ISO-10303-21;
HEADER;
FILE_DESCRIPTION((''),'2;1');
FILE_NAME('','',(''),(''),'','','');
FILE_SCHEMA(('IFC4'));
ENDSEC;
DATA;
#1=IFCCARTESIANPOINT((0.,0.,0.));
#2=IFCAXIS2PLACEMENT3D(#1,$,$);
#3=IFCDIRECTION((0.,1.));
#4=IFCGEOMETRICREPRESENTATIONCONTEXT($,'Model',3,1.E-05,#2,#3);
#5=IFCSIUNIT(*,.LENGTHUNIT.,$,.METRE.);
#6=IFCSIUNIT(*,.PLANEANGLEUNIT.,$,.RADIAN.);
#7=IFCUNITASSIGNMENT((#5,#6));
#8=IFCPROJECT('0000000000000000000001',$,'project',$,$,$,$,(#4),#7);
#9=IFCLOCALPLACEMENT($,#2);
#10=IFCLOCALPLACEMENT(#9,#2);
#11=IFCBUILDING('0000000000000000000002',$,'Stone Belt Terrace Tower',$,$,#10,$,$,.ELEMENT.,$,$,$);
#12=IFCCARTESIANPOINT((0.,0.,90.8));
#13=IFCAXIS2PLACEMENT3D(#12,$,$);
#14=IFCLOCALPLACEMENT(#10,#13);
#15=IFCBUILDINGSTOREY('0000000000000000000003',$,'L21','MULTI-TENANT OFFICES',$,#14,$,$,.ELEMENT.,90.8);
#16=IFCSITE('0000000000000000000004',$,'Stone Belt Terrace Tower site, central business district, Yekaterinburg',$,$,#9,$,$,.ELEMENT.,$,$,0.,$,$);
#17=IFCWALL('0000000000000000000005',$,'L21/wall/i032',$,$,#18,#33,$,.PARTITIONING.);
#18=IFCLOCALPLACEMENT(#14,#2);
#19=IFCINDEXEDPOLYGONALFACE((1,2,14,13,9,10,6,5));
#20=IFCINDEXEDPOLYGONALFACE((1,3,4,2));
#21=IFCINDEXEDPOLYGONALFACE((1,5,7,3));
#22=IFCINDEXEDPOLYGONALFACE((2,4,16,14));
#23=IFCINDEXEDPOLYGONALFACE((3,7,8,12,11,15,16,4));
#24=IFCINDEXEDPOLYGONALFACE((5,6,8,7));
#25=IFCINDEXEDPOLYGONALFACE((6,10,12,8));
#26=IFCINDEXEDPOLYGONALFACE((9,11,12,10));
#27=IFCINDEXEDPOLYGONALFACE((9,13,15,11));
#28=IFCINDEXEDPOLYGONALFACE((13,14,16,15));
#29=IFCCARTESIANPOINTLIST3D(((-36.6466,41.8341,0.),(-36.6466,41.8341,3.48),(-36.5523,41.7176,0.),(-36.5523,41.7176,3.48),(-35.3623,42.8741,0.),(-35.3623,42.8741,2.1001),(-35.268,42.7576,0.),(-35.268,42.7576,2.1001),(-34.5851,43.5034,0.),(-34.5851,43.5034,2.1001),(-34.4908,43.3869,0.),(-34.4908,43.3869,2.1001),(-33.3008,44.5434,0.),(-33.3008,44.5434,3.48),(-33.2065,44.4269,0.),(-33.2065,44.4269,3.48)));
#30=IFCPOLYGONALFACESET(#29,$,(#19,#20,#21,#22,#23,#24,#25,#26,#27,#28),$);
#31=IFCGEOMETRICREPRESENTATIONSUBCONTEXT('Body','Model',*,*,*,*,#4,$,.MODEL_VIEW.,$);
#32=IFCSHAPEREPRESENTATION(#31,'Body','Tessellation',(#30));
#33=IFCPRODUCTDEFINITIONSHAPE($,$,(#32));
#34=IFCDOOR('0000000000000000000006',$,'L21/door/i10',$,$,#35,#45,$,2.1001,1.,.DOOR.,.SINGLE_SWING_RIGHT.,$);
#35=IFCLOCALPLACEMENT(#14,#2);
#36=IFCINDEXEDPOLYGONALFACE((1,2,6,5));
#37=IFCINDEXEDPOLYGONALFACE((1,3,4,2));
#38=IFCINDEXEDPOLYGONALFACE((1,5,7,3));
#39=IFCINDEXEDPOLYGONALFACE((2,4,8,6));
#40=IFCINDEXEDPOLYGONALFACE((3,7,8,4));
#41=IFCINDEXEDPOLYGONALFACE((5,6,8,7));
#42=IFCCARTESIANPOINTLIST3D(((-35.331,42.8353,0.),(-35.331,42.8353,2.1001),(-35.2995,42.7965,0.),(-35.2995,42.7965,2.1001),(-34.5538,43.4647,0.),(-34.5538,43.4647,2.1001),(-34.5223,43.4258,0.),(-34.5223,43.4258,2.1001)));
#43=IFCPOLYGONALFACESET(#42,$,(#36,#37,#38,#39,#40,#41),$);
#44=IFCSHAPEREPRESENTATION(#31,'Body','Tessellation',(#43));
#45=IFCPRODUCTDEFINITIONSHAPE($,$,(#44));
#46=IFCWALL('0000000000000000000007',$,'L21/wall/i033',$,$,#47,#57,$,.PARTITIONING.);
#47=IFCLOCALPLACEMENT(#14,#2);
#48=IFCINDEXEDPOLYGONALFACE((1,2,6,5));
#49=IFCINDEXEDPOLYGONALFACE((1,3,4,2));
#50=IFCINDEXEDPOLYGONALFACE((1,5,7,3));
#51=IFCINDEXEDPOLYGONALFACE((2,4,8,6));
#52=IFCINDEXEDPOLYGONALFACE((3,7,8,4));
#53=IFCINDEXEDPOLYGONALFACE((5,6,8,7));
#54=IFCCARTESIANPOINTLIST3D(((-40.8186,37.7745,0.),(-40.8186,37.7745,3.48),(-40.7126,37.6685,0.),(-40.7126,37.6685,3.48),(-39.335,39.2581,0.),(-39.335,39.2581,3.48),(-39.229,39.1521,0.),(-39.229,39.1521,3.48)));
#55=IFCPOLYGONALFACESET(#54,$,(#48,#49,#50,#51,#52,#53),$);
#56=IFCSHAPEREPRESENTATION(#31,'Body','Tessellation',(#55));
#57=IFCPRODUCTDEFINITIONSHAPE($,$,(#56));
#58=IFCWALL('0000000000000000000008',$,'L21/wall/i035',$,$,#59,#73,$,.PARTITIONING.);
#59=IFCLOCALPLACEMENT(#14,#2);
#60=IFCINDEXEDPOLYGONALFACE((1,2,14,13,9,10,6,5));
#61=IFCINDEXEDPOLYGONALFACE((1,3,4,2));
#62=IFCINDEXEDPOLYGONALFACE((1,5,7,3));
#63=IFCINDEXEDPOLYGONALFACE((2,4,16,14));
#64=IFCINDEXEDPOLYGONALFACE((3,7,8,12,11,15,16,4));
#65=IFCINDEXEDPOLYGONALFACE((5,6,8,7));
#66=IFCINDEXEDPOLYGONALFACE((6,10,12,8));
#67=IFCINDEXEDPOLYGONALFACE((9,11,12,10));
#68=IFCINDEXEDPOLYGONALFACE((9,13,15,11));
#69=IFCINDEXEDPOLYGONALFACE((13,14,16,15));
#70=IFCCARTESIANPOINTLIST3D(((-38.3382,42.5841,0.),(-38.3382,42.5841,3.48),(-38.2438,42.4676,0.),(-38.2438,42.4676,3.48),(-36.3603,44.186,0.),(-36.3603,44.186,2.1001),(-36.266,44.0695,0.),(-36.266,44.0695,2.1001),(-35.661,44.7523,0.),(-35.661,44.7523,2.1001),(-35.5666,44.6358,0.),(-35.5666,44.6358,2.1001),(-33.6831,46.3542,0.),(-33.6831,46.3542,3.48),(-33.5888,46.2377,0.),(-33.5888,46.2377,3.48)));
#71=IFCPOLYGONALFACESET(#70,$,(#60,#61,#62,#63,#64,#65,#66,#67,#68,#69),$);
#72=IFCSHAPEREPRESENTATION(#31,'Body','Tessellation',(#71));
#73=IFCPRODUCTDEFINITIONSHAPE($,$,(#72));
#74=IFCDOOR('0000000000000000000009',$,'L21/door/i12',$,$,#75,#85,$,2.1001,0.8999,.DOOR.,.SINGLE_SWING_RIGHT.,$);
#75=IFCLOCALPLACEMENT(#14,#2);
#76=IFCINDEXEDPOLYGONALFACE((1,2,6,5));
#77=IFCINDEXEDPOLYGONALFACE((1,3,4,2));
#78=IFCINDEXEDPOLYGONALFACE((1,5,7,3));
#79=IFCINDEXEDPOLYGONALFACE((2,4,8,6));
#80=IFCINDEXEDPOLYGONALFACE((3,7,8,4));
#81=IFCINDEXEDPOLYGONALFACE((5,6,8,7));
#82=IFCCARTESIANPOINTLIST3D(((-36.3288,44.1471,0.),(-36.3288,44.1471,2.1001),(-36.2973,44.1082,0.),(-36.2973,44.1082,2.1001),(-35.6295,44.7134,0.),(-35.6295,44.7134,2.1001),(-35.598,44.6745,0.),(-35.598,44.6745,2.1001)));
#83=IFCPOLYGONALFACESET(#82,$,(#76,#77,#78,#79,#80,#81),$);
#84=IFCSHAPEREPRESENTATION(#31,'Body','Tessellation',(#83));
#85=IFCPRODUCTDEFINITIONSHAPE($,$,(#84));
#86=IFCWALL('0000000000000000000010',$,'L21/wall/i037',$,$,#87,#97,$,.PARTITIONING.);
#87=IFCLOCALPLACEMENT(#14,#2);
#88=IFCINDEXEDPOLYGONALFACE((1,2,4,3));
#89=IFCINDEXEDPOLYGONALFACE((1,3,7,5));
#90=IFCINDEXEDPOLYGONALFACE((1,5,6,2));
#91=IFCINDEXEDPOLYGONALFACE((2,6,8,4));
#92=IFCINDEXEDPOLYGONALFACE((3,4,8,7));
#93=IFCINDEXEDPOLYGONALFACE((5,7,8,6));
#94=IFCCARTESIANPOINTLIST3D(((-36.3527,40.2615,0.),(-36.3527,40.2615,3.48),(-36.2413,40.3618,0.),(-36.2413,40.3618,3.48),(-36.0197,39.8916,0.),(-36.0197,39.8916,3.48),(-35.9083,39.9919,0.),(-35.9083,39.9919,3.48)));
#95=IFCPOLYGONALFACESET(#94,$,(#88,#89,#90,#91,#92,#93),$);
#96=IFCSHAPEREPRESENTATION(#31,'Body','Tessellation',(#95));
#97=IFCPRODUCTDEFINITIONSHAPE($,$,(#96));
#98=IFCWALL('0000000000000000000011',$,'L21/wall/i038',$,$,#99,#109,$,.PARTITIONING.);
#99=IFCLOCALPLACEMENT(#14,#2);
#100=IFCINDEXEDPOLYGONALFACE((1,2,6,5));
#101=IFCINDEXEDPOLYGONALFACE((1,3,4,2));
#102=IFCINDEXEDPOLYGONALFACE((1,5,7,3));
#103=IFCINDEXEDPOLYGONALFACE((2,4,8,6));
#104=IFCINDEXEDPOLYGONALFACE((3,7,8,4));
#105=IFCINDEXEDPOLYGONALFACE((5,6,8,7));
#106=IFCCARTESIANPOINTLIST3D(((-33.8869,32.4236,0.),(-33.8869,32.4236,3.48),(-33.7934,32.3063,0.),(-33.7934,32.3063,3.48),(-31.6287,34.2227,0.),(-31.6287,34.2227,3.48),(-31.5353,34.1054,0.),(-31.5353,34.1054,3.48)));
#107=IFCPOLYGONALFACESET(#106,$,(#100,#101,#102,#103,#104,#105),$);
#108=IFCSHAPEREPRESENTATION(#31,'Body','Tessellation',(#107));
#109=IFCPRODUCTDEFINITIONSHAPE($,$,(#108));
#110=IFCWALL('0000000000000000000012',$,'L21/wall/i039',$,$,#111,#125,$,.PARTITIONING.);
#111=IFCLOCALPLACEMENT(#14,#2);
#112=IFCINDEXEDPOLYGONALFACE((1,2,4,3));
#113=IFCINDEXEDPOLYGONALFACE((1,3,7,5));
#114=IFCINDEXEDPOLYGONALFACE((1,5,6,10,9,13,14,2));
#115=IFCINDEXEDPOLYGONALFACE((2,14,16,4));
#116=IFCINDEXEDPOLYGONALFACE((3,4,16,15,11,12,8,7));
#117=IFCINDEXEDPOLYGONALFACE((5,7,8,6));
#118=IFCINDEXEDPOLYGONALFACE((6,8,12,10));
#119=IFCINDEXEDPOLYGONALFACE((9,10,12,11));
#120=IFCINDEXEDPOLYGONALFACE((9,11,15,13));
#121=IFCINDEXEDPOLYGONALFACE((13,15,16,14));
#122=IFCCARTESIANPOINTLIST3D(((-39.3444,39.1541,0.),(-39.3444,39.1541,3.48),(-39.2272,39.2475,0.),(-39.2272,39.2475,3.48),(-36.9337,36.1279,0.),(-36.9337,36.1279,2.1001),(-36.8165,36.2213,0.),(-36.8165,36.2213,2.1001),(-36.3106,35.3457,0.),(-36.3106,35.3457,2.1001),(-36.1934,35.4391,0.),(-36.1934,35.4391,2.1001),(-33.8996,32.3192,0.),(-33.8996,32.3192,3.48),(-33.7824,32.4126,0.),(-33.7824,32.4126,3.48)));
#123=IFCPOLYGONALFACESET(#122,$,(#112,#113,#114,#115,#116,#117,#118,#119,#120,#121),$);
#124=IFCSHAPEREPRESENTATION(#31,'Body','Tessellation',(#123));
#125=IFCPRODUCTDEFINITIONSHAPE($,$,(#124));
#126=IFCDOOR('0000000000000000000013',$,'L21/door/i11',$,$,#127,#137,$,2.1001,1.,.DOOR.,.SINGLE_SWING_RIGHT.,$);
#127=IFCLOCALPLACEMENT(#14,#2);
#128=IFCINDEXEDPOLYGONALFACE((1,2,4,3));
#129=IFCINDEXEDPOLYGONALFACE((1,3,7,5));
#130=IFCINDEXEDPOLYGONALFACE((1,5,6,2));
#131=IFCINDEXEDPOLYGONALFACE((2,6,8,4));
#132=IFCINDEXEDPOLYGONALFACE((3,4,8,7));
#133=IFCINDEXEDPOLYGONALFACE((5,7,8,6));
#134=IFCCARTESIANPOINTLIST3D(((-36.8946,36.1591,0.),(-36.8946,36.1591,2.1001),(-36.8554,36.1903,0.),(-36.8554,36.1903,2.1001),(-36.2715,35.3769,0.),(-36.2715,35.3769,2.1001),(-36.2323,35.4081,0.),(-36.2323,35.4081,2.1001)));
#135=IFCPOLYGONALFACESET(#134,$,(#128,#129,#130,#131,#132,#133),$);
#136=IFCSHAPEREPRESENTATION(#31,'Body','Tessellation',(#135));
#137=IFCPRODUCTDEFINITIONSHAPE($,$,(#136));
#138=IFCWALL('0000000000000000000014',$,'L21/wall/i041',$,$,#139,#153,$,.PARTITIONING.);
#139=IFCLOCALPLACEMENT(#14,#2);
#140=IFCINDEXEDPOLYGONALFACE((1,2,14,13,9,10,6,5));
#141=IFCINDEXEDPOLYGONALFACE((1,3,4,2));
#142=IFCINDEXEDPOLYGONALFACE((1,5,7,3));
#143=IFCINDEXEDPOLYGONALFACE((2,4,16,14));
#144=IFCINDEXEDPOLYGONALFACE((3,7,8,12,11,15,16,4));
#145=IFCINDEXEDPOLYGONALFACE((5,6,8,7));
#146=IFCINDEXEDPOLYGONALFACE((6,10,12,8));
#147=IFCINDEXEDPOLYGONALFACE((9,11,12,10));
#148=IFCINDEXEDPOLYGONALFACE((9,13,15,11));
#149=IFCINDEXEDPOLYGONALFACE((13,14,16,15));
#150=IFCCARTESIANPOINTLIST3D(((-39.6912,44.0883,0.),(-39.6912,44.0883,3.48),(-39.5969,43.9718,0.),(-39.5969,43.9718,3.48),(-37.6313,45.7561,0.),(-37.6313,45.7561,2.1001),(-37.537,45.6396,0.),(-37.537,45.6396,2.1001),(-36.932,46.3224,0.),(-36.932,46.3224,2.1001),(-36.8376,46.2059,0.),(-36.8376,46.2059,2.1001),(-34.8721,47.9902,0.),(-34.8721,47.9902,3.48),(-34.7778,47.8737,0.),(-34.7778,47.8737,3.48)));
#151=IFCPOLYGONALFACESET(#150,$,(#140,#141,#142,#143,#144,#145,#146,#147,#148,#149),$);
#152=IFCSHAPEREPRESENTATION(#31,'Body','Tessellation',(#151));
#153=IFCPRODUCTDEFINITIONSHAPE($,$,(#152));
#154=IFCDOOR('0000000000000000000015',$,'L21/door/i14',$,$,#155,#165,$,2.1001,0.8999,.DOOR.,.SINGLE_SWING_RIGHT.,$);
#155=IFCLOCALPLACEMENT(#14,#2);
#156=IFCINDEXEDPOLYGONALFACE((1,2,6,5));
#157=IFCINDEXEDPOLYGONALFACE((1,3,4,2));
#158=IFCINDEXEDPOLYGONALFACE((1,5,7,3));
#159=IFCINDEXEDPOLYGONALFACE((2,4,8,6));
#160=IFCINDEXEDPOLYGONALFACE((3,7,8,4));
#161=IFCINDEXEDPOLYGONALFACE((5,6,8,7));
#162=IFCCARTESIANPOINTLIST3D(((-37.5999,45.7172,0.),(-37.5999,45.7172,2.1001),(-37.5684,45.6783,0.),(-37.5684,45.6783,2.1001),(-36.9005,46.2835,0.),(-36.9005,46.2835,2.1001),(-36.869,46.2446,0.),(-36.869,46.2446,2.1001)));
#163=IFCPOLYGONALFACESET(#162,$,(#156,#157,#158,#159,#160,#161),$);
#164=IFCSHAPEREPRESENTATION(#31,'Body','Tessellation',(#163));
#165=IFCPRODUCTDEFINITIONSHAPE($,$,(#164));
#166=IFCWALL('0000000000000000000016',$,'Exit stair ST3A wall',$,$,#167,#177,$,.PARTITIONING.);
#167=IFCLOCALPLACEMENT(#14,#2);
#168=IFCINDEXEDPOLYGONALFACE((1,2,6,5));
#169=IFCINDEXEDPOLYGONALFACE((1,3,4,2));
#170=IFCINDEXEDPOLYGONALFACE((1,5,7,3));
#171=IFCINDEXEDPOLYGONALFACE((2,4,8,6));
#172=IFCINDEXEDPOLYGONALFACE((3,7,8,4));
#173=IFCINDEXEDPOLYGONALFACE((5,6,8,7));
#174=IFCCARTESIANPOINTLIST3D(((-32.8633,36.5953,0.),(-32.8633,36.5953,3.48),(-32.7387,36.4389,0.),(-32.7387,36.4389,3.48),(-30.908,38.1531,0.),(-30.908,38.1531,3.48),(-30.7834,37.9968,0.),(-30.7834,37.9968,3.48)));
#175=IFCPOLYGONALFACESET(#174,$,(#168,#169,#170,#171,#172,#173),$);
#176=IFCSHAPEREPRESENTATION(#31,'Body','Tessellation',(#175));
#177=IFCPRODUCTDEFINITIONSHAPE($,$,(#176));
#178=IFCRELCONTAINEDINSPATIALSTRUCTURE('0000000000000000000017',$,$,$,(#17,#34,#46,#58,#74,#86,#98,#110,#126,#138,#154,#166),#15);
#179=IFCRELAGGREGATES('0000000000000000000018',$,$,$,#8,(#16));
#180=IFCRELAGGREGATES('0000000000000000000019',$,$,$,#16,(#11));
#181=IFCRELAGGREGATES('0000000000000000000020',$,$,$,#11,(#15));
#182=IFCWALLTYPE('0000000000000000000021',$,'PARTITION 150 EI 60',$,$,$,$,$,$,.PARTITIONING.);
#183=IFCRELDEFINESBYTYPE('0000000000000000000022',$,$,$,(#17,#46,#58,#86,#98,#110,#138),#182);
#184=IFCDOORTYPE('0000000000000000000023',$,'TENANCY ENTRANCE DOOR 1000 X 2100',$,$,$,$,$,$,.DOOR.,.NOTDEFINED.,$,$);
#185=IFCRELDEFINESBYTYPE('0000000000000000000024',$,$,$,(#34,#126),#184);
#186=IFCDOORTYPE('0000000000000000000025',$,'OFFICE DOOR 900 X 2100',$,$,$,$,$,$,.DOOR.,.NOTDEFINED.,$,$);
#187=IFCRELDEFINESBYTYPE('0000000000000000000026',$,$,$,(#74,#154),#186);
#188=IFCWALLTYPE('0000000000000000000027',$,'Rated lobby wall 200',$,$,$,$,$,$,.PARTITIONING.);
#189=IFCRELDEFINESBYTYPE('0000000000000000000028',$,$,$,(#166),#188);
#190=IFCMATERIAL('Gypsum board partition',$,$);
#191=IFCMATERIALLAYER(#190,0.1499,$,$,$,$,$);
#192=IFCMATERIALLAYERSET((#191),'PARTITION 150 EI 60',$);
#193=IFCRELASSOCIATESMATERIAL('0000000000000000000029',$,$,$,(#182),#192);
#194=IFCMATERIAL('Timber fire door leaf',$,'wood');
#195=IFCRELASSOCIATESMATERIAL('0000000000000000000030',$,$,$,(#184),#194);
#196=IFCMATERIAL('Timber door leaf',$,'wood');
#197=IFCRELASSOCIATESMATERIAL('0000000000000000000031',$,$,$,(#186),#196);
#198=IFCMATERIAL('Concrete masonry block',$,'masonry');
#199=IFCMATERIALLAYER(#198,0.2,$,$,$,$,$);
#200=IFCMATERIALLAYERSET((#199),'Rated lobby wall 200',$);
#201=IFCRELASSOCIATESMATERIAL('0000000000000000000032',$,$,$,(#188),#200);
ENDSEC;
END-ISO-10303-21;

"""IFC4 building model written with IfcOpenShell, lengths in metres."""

from ifc_helpers import new_model, si_unit, direction, frame, frame_2d, origin, place, context, subcontext, project, spatial, rectangle, extrude, material, layer, layer_set, type_object, element, fill, save


model = new_model("IFC4")

# Units and contexts
model_context = context("Model", 3, precision=1e-05, world=origin(), true_north=direction((0.0, 1.0)))
body_context = subcontext(model_context, "Body", "Model", "MODEL_VIEW")
ifc_project = project(units=[si_unit("LENGTHUNIT", "METRE"), si_unit("PLANEANGLEUNIT", "RADIAN")], contexts=[model_context])

# Site, building, storey
site_placement = place(None, origin())
site = spatial("IfcSite", under=ifc_project, at=site_placement, Name="Stone Belt Terrace Tower site, central business district, Yekaterinburg", CompositionType="ELEMENT", RefElevation=0.0)
building_placement = place(site_placement, origin())
building = spatial("IfcBuilding", under=site, at=building_placement, Name="Stone Belt Terrace Tower", CompositionType="ELEMENT")
storey_placement = place(building_placement, frame((0.0, 0.0, 90.8)))
storey = spatial("IfcBuildingStorey", under=building, at=storey_placement, Name="L21", Description="MULTI-TENANT OFFICES", CompositionType="ELEMENT", Elevation=90.8)

# Shared definitions
ifc_material_1 = material(Name="Gypsum board partition")
ifc_layer_1 = layer(ifc_material_1, 0.1499)
ifc_layer_set_1 = layer_set([ifc_layer_1], Name="PARTITION 150 EI 60")
wall_type_1 = type_object("IfcWallType", Name="PARTITION 150 EI 60", PredefinedType="PARTITIONING", material=ifc_layer_set_1)

# Wall, opening, door
wall_1_placement = place(storey_placement, frame((-33.2537, 44.4851, 0.0), z_axis=(0.0, 0.0, 1.0), x_axis=(-0.777154, -0.629311, 0.0)))
wall_1 = element("IfcWall", 1, at=wall_1_placement, inside=storey, type_object=wall_type_1, Name="L21/wall/i032", PredefinedType="PARTITIONING", context=body_context, shape_type="SweptSolid", body=[
    extrude(rectangle(XDim=4.3052, YDim=0.1499, at=frame_2d((2.1526, 0.0))), origin(), (0.0, 0.0, 1.0), 3.48),
])
opening_1_placement = place(wall_1_placement, frame((1.6526, 0.0, 0.0)))
opening_1 = element("IfcOpeningElement", 2, at=opening_1_placement, cuts=wall_1, PredefinedType="OPENING", context=body_context, shape_type="SweptSolid", body=[
    extrude(rectangle(XDim=1.0, YDim=2.1001, at=frame_2d((0.5, 1.05))), frame((0.0, 0.085, 0.0), z_axis=(0.0, -1.0, 0.0), x_axis=(1.0, 0.0, 0.0)), (0.0, 0.0, 1.0), 0.1699),
])
ifc_material_2 = material(Name="Timber fire door leaf", Category="wood")
door_type_1 = type_object("IfcDoorType", Name="TENANCY ENTRANCE DOOR 1000 X 2100", OperationType="NOTDEFINED", PredefinedType="DOOR", material=ifc_material_2)
door_1_placement = place(opening_1_placement, origin())
door_1 = element("IfcDoor", 3, at=door_1_placement, inside=storey, type_object=door_type_1, Name="L21/door/i10", OperationType="SINGLE_SWING_RIGHT", OverallHeight=2.1001, OverallWidth=1.0, PredefinedType="DOOR", context=body_context, shape_type="SweptSolid", body=[
    extrude(rectangle(XDim=1.0, YDim=2.1001, at=frame_2d((0.5, 1.05))), frame((0.0, 0.0249, 0.0), z_axis=(0.0, -1.0, 0.0), x_axis=(1.0, 0.0, 0.0)), (0.0, 0.0, 1.0), 0.05),
])
fill(opening_1, door_1)

# Wall
wall_2_placement = place(storey_placement, frame((-39.282, 39.2051, 0.0), z_axis=(0.0, 0.0, 1.0), x_axis=(-0.707107, -0.707107, 0.0)))
element("IfcWall", 4, at=wall_2_placement, inside=storey, type_object=wall_type_1, Name="L21/wall/i033", PredefinedType="PARTITIONING", context=body_context, shape_type="SweptSolid", body=[
    extrude(rectangle(XDim=2.0981, YDim=0.1499, at=frame_2d((1.0491, 0.0))), origin(), (0.0, 0.0, 1.0), 3.48),
])

# Wall, opening, door
wall_3_placement = place(storey_placement, frame((-38.291, 42.5259, 0.0), z_axis=(0.0, 0.0, 1.0), x_axis=(0.777109, 0.629366, 0.0)))
wall_3 = element("IfcWall", 5, at=wall_3_placement, inside=storey, type_object=wall_type_1, Name="L21/wall/i035", PredefinedType="PARTITIONING", context=body_context, shape_type="SweptSolid", body=[
    extrude(rectangle(XDim=5.9902, YDim=0.1499, at=frame_2d((2.9951, 0.0))), origin(), (0.0, 0.0, 1.0), 3.48),
])
opening_2_placement = place(wall_3_placement, frame((2.5452, 0.0, 0.0)))
opening_2 = element("IfcOpeningElement", 6, at=opening_2_placement, cuts=wall_3, PredefinedType="OPENING", context=body_context, shape_type="SweptSolid", body=[
    extrude(rectangle(XDim=0.8999, YDim=2.1001, at=frame_2d((0.45, 1.05))), frame((0.0, 0.085, 0.0), z_axis=(0.0, -1.0, 0.0), x_axis=(1.0, 0.0, 0.0)), (0.0, 0.0, 1.0), 0.1699),
])
ifc_material_3 = material(Name="Timber door leaf", Category="wood")
door_type_2 = type_object("IfcDoorType", Name="OFFICE DOOR 900 X 2100", OperationType="NOTDEFINED", PredefinedType="DOOR", material=ifc_material_3)
door_2_placement = place(opening_2_placement, origin())
door_2 = element("IfcDoor", 7, at=door_2_placement, inside=storey, type_object=door_type_2, Name="L21/door/i12", OperationType="SINGLE_SWING_RIGHT", OverallHeight=2.1001, OverallWidth=0.8999, PredefinedType="DOOR", context=body_context, shape_type="SweptSolid", body=[
    extrude(rectangle(XDim=0.8999, YDim=2.1001, at=frame_2d((0.45, 1.05))), frame((0.0, 0.0249, 0.0), z_axis=(0.0, -1.0, 0.0), x_axis=(1.0, 0.0, 0.0)), (0.0, 0.0, 1.0), 0.05),
])
fill(opening_2, door_2)

# Walls
wall_4_placement = place(storey_placement, frame((-36.2971, 40.3118, 0.0), z_axis=(0.0, 0.0, 1.0), x_axis=(0.6691, -0.743172, 0.0)))
element("IfcWall", 8, at=wall_4_placement, inside=storey, type_object=wall_type_1, Name="L21/wall/i037", PredefinedType="PARTITIONING", context=body_context, shape_type="SweptSolid", body=[
    extrude(rectangle(XDim=0.4978, YDim=0.1499, at=frame_2d((0.249, 0.0))), origin(), (0.0, 0.0, 1.0), 3.48),
])
wall_5_placement = place(storey_placement, frame((-31.582, 34.1641, 0.0), z_axis=(0.0, 0.0, 1.0), x_axis=(-0.782113, -0.623137, 0.0)))
element("IfcWall", 9, at=wall_5_placement, inside=storey, type_object=wall_type_1, Name="L21/wall/i038", PredefinedType="PARTITIONING", context=body_context, shape_type="SweptSolid", body=[
    extrude(rectangle(XDim=2.8872, YDim=0.1499, at=frame_2d((1.4436, 0.0))), origin(), (0.0, 0.0, 1.0), 3.48),
])

# Walls, openings, doors
wall_6_placement = place(storey_placement, frame((-33.8411, 32.366, 0.0), z_axis=(0.0, 0.0, 1.0), x_axis=(-0.623079, 0.782159, 0.0)))
wall_6 = element("IfcWall", 10, at=wall_6_placement, inside=storey, type_object=wall_type_1, Name="L21/wall/i039", PredefinedType="PARTITIONING", context=body_context, shape_type="SweptSolid", body=[
    extrude(rectangle(XDim=8.7385, YDim=0.1499, at=frame_2d((4.3691, 0.0))), origin(), (0.0, 0.0, 1.0), 3.48),
])
opening_3_placement = place(wall_6_placement, frame((3.8694, 0.0, 0.0)))
opening_3 = element("IfcOpeningElement", 11, at=opening_3_placement, cuts=wall_6, PredefinedType="OPENING", context=body_context, shape_type="SweptSolid", body=[
    extrude(rectangle(XDim=1.0, YDim=2.1001, at=frame_2d((0.5, 1.05))), frame((0.0, 0.085, 0.0), z_axis=(0.0, -1.0, 0.0), x_axis=(1.0, 0.0, 0.0)), (0.0, 0.0, 1.0), 0.1699),
])
door_3_placement = place(opening_3_placement, origin())
door_3 = element("IfcDoor", 12, at=door_3_placement, inside=storey, type_object=door_type_1, Name="L21/door/i11", OperationType="SINGLE_SWING_RIGHT", OverallHeight=2.1001, OverallWidth=1.0, PredefinedType="DOOR", context=body_context, shape_type="SweptSolid", body=[
    extrude(rectangle(XDim=1.0, YDim=2.1001, at=frame_2d((0.5, 1.05))), frame((0.0, 0.0249, 0.0), z_axis=(0.0, -1.0, 0.0), x_axis=(1.0, 0.0, 0.0)), (0.0, 0.0, 1.0), 0.05),
])
fill(opening_3, door_3)
wall_7_placement = place(storey_placement, frame((-39.644, 44.03, 0.0), z_axis=(0.0, 0.0, 1.0), x_axis=(0.777191, 0.629265, 0.0)))
wall_7 = element("IfcWall", 13, at=wall_7_placement, inside=storey, type_object=wall_type_1, Name="L21/wall/i041", PredefinedType="PARTITIONING", context=body_context, shape_type="SweptSolid", body=[
    extrude(rectangle(XDim=6.2007, YDim=0.1499, at=frame_2d((3.1003, 0.0))), origin(), (0.0, 0.0, 1.0), 3.48),
])
opening_4_placement = place(wall_7_placement, frame((2.6504, 0.0, 0.0)))
opening_4 = element("IfcOpeningElement", 14, at=opening_4_placement, cuts=wall_7, PredefinedType="OPENING", context=body_context, shape_type="SweptSolid", body=[
    extrude(rectangle(XDim=0.8999, YDim=2.1001, at=frame_2d((0.45, 1.05))), frame((0.0, 0.085, 0.0), z_axis=(0.0, -1.0, 0.0), x_axis=(1.0, 0.0, 0.0)), (0.0, 0.0, 1.0), 0.1699),
])
door_4_placement = place(opening_4_placement, origin())
door_4 = element("IfcDoor", 15, at=door_4_placement, inside=storey, type_object=door_type_2, Name="L21/door/i14", OperationType="SINGLE_SWING_RIGHT", OverallHeight=2.1001, OverallWidth=0.8999, PredefinedType="DOOR", context=body_context, shape_type="SweptSolid", body=[
    extrude(rectangle(XDim=0.8999, YDim=2.1001, at=frame_2d((0.45, 1.05))), frame((0.0, 0.0249, 0.0), z_axis=(0.0, -1.0, 0.0), x_axis=(1.0, 0.0, 0.0)), (0.0, 0.0, 1.0), 0.05),
])
fill(opening_4, door_4)

# Wall
ifc_material_4 = material(Name="Concrete masonry block", Category="masonry")
ifc_layer_2 = layer(ifc_material_4, 0.2)
ifc_layer_set_2 = layer_set([ifc_layer_2], Name="Rated lobby wall 200")
wall_type_2 = type_object("IfcWallType", Name="Rated lobby wall 200", PredefinedType="PARTITIONING", material=ifc_layer_set_2)
wall_8_placement = place(storey_placement, frame((-30.8457, 38.075, 0.0), z_axis=(0.0, 0.0, 1.0), x_axis=(-0.782115, -0.623134, 0.0)))
element("IfcWall", 16, at=wall_8_placement, inside=storey, type_object=wall_type_2, Name="Exit stair ST3A wall", PredefinedType="PARTITIONING", context=body_context, shape_type="SweptSolid", body=[
    extrude(rectangle(XDim=2.5, YDim=0.2, at=frame_2d((1.25, 0.0))), origin(), (0.0, 0.0, 1.0), 3.48),
])

save(model, "model.ifc")
